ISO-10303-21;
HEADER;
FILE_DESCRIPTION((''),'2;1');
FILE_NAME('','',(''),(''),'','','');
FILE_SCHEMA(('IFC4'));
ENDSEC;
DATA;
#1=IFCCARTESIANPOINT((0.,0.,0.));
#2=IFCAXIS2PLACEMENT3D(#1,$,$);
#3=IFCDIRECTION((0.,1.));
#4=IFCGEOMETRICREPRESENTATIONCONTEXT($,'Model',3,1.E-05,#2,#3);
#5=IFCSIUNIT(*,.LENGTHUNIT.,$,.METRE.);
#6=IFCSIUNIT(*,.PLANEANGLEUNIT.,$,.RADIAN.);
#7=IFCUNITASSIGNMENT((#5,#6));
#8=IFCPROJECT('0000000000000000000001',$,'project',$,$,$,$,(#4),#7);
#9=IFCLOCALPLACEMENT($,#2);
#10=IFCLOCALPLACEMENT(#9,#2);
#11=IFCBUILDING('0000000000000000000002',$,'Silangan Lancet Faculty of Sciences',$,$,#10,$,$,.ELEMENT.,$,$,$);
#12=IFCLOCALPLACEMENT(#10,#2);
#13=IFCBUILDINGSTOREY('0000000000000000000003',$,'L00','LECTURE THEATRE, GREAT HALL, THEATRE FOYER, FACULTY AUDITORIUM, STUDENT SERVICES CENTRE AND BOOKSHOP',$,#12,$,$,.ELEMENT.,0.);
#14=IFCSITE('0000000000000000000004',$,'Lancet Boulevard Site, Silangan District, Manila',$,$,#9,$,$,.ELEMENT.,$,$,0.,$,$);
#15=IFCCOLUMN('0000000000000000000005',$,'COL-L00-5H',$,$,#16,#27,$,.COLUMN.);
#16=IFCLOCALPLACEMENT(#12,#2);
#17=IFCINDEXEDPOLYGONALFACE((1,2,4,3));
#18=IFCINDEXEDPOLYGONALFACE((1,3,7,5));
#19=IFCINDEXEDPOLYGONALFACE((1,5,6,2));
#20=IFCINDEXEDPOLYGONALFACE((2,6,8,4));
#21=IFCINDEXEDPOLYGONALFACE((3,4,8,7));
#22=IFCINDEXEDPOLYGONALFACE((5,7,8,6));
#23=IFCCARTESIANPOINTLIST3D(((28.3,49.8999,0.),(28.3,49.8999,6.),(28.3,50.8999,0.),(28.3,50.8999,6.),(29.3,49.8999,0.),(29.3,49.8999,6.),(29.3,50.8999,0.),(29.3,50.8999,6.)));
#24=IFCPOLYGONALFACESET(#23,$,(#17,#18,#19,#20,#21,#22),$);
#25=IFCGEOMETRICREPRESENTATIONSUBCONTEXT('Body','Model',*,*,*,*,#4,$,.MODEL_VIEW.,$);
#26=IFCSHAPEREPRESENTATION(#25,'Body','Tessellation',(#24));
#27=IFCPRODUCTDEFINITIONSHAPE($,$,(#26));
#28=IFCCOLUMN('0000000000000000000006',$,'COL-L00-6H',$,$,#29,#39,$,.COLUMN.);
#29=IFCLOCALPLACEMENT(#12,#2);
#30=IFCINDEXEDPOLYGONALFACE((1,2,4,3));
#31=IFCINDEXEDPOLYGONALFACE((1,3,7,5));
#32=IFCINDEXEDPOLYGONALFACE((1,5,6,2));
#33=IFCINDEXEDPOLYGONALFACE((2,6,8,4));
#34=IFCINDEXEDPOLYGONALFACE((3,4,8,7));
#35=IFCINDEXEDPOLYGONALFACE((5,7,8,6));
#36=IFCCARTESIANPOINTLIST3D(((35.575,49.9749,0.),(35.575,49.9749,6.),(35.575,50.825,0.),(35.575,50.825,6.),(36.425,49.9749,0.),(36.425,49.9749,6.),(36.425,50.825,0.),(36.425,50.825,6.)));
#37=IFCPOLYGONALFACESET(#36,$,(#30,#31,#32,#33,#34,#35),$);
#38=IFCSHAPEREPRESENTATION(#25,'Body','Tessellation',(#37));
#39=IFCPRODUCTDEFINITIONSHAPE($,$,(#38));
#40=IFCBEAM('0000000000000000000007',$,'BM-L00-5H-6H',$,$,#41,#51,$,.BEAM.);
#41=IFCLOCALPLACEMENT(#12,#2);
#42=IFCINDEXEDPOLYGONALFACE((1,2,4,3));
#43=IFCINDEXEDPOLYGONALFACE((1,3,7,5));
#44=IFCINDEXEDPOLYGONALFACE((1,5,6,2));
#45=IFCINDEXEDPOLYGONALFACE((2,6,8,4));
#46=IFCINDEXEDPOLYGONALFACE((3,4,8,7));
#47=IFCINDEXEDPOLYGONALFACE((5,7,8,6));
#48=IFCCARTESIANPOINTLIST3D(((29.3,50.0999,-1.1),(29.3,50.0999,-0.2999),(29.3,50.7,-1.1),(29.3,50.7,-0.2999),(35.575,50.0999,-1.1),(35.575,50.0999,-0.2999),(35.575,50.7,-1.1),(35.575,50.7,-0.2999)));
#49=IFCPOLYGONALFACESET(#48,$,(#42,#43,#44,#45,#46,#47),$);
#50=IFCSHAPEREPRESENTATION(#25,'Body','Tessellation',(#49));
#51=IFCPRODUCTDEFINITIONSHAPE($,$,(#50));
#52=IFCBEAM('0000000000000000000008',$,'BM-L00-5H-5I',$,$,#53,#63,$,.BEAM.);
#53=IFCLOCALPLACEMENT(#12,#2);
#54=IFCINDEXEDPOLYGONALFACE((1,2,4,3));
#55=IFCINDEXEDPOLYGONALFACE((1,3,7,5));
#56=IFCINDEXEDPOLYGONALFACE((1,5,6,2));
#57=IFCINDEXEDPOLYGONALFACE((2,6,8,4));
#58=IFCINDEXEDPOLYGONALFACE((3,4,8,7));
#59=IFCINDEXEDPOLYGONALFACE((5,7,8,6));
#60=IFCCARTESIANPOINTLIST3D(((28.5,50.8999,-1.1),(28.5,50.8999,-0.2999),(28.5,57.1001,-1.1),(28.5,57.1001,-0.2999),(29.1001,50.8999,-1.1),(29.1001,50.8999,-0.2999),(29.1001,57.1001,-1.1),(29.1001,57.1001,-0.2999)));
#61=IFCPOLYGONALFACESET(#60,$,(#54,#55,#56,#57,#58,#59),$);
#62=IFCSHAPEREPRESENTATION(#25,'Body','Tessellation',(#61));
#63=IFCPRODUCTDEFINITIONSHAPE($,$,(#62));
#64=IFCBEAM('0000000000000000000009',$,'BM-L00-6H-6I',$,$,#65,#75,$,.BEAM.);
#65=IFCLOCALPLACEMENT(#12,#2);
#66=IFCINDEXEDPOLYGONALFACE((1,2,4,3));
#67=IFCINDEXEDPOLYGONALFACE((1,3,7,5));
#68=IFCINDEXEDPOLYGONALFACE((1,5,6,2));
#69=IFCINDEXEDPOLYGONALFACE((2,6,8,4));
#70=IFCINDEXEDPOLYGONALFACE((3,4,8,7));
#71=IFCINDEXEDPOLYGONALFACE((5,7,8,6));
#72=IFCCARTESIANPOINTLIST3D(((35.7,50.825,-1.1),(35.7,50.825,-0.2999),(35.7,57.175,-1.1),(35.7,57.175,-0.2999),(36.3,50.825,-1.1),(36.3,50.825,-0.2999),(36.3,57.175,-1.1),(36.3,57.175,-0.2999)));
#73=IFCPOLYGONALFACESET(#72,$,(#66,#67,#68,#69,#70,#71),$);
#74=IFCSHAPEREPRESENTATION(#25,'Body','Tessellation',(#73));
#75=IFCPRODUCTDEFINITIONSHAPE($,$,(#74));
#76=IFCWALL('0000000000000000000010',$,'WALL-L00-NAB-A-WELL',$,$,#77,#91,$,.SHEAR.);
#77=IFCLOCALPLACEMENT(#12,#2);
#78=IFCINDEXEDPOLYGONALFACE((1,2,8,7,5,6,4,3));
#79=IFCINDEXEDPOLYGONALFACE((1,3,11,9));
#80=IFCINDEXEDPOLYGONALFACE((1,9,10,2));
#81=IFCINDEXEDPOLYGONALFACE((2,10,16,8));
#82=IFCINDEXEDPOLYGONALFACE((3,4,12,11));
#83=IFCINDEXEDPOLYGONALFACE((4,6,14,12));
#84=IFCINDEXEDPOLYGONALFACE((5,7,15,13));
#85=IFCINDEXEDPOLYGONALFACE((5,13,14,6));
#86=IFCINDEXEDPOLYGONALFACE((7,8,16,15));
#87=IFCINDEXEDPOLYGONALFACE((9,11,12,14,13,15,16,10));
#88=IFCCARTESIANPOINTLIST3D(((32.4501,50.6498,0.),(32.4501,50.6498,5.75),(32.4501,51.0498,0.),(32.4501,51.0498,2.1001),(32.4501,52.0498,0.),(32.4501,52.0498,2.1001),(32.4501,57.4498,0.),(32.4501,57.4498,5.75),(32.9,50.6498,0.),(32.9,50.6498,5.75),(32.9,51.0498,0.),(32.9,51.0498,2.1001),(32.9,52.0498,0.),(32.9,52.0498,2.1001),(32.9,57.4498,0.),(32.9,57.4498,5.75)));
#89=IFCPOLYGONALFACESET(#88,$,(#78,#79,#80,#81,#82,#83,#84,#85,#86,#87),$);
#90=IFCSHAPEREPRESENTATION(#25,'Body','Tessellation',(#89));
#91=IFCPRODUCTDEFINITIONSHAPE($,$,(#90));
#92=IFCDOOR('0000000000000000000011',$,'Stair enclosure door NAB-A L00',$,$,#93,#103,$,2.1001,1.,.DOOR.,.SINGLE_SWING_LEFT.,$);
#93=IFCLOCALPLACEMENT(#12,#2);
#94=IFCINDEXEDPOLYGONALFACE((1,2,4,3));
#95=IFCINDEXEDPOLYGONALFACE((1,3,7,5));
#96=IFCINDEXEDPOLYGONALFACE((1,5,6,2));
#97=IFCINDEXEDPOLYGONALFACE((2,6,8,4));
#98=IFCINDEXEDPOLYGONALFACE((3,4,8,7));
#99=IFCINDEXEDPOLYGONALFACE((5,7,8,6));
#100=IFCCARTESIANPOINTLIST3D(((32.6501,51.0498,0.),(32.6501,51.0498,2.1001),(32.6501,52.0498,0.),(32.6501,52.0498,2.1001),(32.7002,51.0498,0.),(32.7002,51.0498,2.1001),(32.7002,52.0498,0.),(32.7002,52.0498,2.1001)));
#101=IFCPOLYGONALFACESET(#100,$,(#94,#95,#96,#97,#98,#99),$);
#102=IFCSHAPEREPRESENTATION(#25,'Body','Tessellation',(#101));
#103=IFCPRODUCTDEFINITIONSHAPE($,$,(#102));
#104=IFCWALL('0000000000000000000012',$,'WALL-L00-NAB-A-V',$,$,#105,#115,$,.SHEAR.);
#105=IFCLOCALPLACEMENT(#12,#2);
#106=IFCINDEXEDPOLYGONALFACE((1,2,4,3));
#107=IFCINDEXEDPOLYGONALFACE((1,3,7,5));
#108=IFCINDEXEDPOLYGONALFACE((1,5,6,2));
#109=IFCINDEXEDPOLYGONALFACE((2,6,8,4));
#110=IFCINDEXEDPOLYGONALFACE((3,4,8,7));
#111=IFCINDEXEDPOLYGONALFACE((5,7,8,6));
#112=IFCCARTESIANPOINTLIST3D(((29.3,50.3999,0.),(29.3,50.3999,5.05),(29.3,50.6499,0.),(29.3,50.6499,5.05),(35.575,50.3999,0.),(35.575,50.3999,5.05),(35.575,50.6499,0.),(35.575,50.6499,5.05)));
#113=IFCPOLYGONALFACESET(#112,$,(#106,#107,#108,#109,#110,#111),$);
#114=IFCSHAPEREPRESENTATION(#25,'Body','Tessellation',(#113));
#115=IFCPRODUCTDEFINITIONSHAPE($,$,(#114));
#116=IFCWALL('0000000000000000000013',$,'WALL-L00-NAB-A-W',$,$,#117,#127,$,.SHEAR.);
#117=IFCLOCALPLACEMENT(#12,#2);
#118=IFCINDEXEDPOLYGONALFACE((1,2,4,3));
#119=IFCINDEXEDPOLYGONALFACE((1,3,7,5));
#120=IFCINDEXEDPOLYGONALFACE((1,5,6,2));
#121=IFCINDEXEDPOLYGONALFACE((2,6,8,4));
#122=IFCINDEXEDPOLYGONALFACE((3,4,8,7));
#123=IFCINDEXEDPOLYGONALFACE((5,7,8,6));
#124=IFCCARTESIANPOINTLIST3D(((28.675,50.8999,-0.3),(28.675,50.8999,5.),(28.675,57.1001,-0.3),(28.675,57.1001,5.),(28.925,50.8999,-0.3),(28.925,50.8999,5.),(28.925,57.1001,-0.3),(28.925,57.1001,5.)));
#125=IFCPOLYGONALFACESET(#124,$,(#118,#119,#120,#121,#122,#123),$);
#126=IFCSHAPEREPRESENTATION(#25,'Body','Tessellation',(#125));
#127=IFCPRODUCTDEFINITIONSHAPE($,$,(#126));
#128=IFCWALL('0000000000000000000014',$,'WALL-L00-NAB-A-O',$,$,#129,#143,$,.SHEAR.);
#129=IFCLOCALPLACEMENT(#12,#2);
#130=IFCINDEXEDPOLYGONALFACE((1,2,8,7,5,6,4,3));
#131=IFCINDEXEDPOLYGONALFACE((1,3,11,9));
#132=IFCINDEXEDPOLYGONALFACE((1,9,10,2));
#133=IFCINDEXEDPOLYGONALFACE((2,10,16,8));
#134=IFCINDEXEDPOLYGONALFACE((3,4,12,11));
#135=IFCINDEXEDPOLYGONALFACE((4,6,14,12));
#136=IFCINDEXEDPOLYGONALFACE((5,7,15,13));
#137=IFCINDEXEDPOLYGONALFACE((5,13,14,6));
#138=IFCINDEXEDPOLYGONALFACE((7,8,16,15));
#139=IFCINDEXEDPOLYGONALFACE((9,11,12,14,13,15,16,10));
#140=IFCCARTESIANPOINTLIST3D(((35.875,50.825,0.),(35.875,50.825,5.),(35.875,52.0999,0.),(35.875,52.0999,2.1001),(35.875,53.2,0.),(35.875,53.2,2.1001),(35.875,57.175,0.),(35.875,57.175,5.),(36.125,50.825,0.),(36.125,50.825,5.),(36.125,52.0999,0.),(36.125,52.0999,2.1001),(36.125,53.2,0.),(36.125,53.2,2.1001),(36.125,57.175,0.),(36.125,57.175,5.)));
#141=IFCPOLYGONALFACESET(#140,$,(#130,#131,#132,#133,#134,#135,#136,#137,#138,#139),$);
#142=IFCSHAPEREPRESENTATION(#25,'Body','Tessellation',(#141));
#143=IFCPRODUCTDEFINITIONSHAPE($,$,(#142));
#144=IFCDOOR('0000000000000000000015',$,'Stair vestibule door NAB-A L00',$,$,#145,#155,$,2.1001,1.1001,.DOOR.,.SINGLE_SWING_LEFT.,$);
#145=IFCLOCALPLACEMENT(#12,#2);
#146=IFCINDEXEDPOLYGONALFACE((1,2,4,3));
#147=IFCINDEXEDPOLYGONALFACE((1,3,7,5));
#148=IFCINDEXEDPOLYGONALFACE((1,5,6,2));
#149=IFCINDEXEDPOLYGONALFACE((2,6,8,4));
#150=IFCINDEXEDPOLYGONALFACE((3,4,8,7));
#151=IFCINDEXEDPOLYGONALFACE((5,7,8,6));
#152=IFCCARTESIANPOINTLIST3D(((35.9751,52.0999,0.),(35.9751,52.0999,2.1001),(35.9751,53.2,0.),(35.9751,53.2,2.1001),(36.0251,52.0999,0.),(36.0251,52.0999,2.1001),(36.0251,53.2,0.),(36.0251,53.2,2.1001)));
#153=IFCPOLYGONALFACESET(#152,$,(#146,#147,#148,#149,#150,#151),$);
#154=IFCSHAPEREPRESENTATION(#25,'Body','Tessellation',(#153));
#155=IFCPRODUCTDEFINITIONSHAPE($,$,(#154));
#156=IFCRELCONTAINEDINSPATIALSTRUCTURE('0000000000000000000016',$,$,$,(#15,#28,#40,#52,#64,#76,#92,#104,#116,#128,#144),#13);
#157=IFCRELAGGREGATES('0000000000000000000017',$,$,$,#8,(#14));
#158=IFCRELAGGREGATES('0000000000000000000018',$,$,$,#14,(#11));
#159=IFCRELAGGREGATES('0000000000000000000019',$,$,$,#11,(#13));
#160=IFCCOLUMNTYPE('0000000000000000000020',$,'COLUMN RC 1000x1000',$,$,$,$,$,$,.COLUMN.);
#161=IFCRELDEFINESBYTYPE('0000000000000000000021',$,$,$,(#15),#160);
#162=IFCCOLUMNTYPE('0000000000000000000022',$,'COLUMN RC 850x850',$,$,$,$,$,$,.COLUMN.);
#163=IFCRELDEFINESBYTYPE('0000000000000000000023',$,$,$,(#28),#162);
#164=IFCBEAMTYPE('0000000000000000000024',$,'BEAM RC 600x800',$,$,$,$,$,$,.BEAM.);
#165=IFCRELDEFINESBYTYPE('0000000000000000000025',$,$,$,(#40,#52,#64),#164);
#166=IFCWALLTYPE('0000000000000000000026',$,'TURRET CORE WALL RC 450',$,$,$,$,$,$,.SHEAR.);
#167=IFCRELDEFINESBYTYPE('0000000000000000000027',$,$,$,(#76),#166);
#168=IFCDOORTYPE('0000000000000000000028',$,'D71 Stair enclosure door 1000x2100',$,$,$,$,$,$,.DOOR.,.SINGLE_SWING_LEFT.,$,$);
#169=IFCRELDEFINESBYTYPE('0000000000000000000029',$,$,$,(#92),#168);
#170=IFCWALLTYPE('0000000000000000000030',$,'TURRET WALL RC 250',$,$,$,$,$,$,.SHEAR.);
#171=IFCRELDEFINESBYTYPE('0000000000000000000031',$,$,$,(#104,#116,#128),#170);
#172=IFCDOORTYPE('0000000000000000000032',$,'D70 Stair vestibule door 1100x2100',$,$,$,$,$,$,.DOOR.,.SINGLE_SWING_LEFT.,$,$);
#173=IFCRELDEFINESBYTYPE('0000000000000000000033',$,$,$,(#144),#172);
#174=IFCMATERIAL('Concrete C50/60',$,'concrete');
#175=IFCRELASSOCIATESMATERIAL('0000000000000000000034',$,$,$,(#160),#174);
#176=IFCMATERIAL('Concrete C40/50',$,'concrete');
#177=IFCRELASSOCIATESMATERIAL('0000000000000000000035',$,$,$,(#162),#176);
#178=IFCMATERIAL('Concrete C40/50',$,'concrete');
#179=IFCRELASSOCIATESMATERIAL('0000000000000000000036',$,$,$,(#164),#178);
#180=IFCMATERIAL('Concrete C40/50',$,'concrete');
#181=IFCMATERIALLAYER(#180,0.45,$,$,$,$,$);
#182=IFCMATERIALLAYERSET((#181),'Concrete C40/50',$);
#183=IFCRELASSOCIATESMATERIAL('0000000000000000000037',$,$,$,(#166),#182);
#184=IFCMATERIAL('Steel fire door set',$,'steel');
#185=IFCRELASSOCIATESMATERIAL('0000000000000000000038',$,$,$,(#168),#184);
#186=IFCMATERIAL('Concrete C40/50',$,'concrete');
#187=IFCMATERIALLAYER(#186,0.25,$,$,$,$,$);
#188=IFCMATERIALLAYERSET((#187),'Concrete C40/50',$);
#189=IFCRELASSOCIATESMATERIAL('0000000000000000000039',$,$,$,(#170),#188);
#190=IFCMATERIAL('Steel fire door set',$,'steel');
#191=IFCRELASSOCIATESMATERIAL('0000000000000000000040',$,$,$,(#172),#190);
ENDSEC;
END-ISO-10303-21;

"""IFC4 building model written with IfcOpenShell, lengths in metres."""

from ifc_helpers import new_model, si_unit, direction, frame, frame_2d, origin, origin_2d, place, context, subcontext, project, spatial, rectangle, extrude, material, layer, layer_set, material_profile, profile_set, type_object, element, fill, save


model = new_model("IFC4")

# Units and contexts
model_context = context("Model", 3, precision=1e-05, world=origin(), true_north=direction((0.0, 1.0)))
body_context = subcontext(model_context, "Body", "Model", "MODEL_VIEW")
ifc_project = project(units=[si_unit("LENGTHUNIT", "METRE"), si_unit("PLANEANGLEUNIT", "RADIAN")], contexts=[model_context])

# Site, building, storey
site_placement = place(None, origin())
site = spatial("IfcSite", under=ifc_project, at=site_placement, Name="Lancet Boulevard Site, Silangan District, Manila", CompositionType="ELEMENT", RefElevation=0.0)
building_placement = place(site_placement, origin())
building = spatial("IfcBuilding", under=site, at=building_placement, Name="Silangan Lancet Faculty of Sciences", CompositionType="ELEMENT")
storey_placement = place(building_placement, origin())
storey = spatial("IfcBuildingStorey", under=building, at=storey_placement, Name="L00", Description="LECTURE THEATRE, GREAT HALL, THEATRE FOYER, FACULTY AUDITORIUM, STUDENT SERVICES CENTRE AND BOOKSHOP", CompositionType="ELEMENT", Elevation=0.0)

# Columns
ifc_material_1 = material(Name="Concrete C50/60", Category="concrete")
ifc_material_profile_1 = material_profile(ifc_material_1, rectangle(XDim=1.0, YDim=1.0, at=origin_2d()), Name="RC 1000x1000")
ifc_profile_set_1 = profile_set([ifc_material_profile_1], Name="Concrete C50/60")
column_type_1 = type_object("IfcColumnType", Name="COLUMN RC 1000x1000", PredefinedType="COLUMN", material=ifc_profile_set_1)
column_1_placement = place(storey_placement, frame((28.8, 50.3999, 0.0), z_axis=(0.0, 0.0, 1.0), x_axis=(1.0, 0.0, 0.0)))
element("IfcColumn", 1, at=column_1_placement, inside=storey, type_object=column_type_1, Name="COL-L00-5H", PredefinedType="COLUMN", context=body_context, shape_type="SweptSolid", body=[
    extrude(rectangle(XDim=1.0, YDim=1.0, at=origin_2d()), origin(), (0.0, 0.0, 1.0), 6.0),
])
ifc_material_2 = material(Name="Concrete C40/50", Category="concrete")
ifc_material_profile_2 = material_profile(ifc_material_2, rectangle(XDim=0.8501, YDim=0.8501, at=origin_2d()), Name="RC 850x850")
ifc_profile_set_2 = profile_set([ifc_material_profile_2], Name="Concrete C40/50")
column_type_2 = type_object("IfcColumnType", Name="COLUMN RC 850x850", PredefinedType="COLUMN", material=ifc_profile_set_2)
column_2_placement = place(storey_placement, frame((36.0, 50.3999, 0.0), z_axis=(0.0, 0.0, 1.0), x_axis=(1.0, 0.0, 0.0)))
element("IfcColumn", 2, at=column_2_placement, inside=storey, type_object=column_type_2, Name="COL-L00-6H", PredefinedType="COLUMN", context=body_context, shape_type="SweptSolid", body=[
    extrude(rectangle(XDim=0.8501, YDim=0.8501, at=origin_2d()), origin(), (0.0, 0.0, 1.0), 6.0),
])

# Beams
ifc_material_3 = material(Name="Concrete C40/50", Category="concrete")
ifc_material_profile_3 = material_profile(ifc_material_3, rectangle(XDim=0.6001, YDim=0.8, at=origin_2d()), Name="RC 600x800")
ifc_profile_set_3 = profile_set([ifc_material_profile_3], Name="Concrete C40/50")
beam_type = type_object("IfcBeamType", Name="BEAM RC 600x800", PredefinedType="BEAM", material=ifc_profile_set_3)
beam_1_placement = place(storey_placement, frame((29.3, 50.3999, -0.7), z_axis=(1.0, 0.0, 0.0), x_axis=(0.0, 1.0, 0.0)))
element("IfcBeam", 3, at=beam_1_placement, inside=storey, type_object=beam_type, Name="BM-L00-5H-6H", PredefinedType="BEAM", context=body_context, shape_type="SweptSolid", body=[
    extrude(rectangle(XDim=0.6001, YDim=0.8, at=origin_2d()), origin(), (0.0, 0.0, 1.0), 6.2749),
])
beam_2_placement = place(storey_placement, frame((28.8, 50.8999, -0.7), z_axis=(0.0, 1.0, 0.0), x_axis=(-1.0, 0.0, 0.0)))
element("IfcBeam", 4, at=beam_2_placement, inside=storey, type_object=beam_type, Name="BM-L00-5H-5I", PredefinedType="BEAM", context=body_context, shape_type="SweptSolid", body=[
    extrude(rectangle(XDim=0.6001, YDim=0.8, at=origin_2d()), origin(), (0.0, 0.0, 1.0), 6.2002),
])
beam_3_placement = place(storey_placement, frame((36.0, 50.825, -0.7), z_axis=(0.0, 1.0, 0.0), x_axis=(-1.0, 0.0, 0.0)))
element("IfcBeam", 5, at=beam_3_placement, inside=storey, type_object=beam_type, Name="BM-L00-6H-6I", PredefinedType="BEAM", context=body_context, shape_type="SweptSolid", body=[
    extrude(rectangle(XDim=0.6001, YDim=0.8, at=origin_2d()), origin(), (0.0, 0.0, 1.0), 6.3501),
])

# Wall, opening, door
ifc_material_4 = material(Name="Concrete C40/50", Category="concrete")
ifc_layer_1 = layer(ifc_material_4, 0.45)
ifc_layer_set_1 = layer_set([ifc_layer_1], Name="Concrete C40/50")
wall_type_1 = type_object("IfcWallType", Name="TURRET CORE WALL RC 450", PredefinedType="SHEAR", material=ifc_layer_set_1)
wall_1_placement = place(storey_placement, frame((32.675, 50.6499, 0.0), z_axis=(0.0, 0.0, 1.0), x_axis=(0.0, 1.0, 0.0)))
wall_1 = element("IfcWall", 6, at=wall_1_placement, inside=storey, type_object=wall_type_1, Name="WALL-L00-NAB-A-WELL", PredefinedType="SHEAR", context=body_context, shape_type="SweptSolid", body=[
    extrude(rectangle(XDim=6.8, YDim=0.45, at=frame_2d((3.3999, 0.0))), origin(), (0.0, 0.0, 1.0), 5.75),
])
opening_1_placement = place(wall_1_placement, frame((0.3999, 0.0, 0.0)))
opening_1 = element("IfcOpeningElement", 7, at=opening_1_placement, cuts=wall_1, PredefinedType="OPENING", context=body_context, shape_type="SweptSolid", body=[
    extrude(rectangle(XDim=1.0, YDim=2.1001, at=frame_2d((0.5, 1.05))), frame((0.0, 0.2349, 0.0), z_axis=(0.0, -1.0, 0.0), x_axis=(1.0, 0.0, 0.0)), (0.0, 0.0, 1.0), 0.47),
])
ifc_material_5 = material(Name="Steel fire door set", Category="steel")
door_type_1 = type_object("IfcDoorType", Name="D71 Stair enclosure door 1000x2100", OperationType="SINGLE_SWING_LEFT", PredefinedType="DOOR", material=ifc_material_5)
door_1_placement = place(opening_1_placement, origin())
door_1 = element("IfcDoor", 8, at=door_1_placement, inside=storey, type_object=door_type_1, Name="Stair enclosure door NAB-A L00", OperationType="SINGLE_SWING_LEFT", OverallHeight=2.1001, OverallWidth=1.0, PredefinedType="DOOR", context=body_context, shape_type="SweptSolid", body=[
    extrude(rectangle(XDim=1.0, YDim=2.1001, at=frame_2d((0.5, 1.05))), frame((0.0, 0.0249, 0.0), z_axis=(0.0, -1.0, 0.0), x_axis=(1.0, 0.0, 0.0)), (0.0, 0.0, 1.0), 0.05),
])
fill(opening_1, door_1)

# Walls
ifc_material_6 = material(Name="Concrete C40/50", Category="concrete")
ifc_layer_2 = layer(ifc_material_6, 0.25)
ifc_layer_set_2 = layer_set([ifc_layer_2], Name="Concrete C40/50")
wall_type_2 = type_object("IfcWallType", Name="TURRET WALL RC 250", PredefinedType="SHEAR", material=ifc_layer_set_2)
wall_2_placement = place(storey_placement, frame((29.3, 50.5249, 0.0), z_axis=(0.0, 0.0, 1.0), x_axis=(1.0, 0.0, 0.0)))
element("IfcWall", 9, at=wall_2_placement, inside=storey, type_object=wall_type_2, Name="WALL-L00-NAB-A-V", PredefinedType="SHEAR", context=body_context, shape_type="SweptSolid", body=[
    extrude(rectangle(XDim=6.2749, YDim=0.25, at=frame_2d((3.1375, 0.0))), origin(), (0.0, 0.0, 1.0), 5.05),
])
wall_3_placement = place(storey_placement, frame((28.8, 50.8999, -0.3), z_axis=(0.0, 0.0, 1.0), x_axis=(0.0, 1.0, 0.0)))
element("IfcWall", 10, at=wall_3_placement, inside=storey, type_object=wall_type_2, Name="WALL-L00-NAB-A-W", PredefinedType="SHEAR", context=body_context, shape_type="SweptSolid", body=[
    extrude(rectangle(XDim=6.2002, YDim=0.25, at=frame_2d((3.1001, 0.0))), origin(), (0.0, 0.0, 1.0), 5.3),
])

# Wall, opening, door
wall_4_placement = place(storey_placement, frame((36.0, 50.825, 0.0), z_axis=(0.0, 0.0, 1.0), x_axis=(0.0, 1.0, 0.0)))
wall_4 = element("IfcWall", 11, at=wall_4_placement, inside=storey, type_object=wall_type_2, Name="WALL-L00-NAB-A-O", PredefinedType="SHEAR", context=body_context, shape_type="SweptSolid", body=[
    extrude(rectangle(XDim=6.3501, YDim=0.25, at=frame_2d((3.175, 0.0))), origin(), (0.0, 0.0, 1.0), 5.0),
])
opening_2_placement = place(wall_4_placement, frame((1.2749, 0.0, 0.0)))
opening_2 = element("IfcOpeningElement", 12, at=opening_2_placement, cuts=wall_4, PredefinedType="OPENING", context=body_context, shape_type="SweptSolid", body=[
    extrude(rectangle(XDim=1.1001, YDim=2.1001, at=frame_2d((0.55, 1.05))), frame((0.0, 0.135, 0.0), z_axis=(0.0, -1.0, 0.0), x_axis=(1.0, 0.0, 0.0)), (0.0, 0.0, 1.0), 0.27),
])
ifc_material_7 = material(Name="Steel fire door set", Category="steel")
door_type_2 = type_object("IfcDoorType", Name="D70 Stair vestibule door 1100x2100", OperationType="SINGLE_SWING_LEFT", PredefinedType="DOOR", material=ifc_material_7)
door_2_placement = place(opening_2_placement, origin())
door_2 = element("IfcDoor", 13, at=door_2_placement, inside=storey, type_object=door_type_2, Name="Stair vestibule door NAB-A L00", OperationType="SINGLE_SWING_LEFT", OverallHeight=2.1001, OverallWidth=1.1001, PredefinedType="DOOR", context=body_context, shape_type="SweptSolid", body=[
    extrude(rectangle(XDim=1.1001, YDim=2.1001, at=frame_2d((0.55, 1.05))), frame((0.0, 0.0249, 0.0), z_axis=(0.0, -1.0, 0.0), x_axis=(1.0, 0.0, 0.0)), (0.0, 0.0, 1.0), 0.05),
])
fill(opening_2, door_2)

save(model, "model.ifc")
